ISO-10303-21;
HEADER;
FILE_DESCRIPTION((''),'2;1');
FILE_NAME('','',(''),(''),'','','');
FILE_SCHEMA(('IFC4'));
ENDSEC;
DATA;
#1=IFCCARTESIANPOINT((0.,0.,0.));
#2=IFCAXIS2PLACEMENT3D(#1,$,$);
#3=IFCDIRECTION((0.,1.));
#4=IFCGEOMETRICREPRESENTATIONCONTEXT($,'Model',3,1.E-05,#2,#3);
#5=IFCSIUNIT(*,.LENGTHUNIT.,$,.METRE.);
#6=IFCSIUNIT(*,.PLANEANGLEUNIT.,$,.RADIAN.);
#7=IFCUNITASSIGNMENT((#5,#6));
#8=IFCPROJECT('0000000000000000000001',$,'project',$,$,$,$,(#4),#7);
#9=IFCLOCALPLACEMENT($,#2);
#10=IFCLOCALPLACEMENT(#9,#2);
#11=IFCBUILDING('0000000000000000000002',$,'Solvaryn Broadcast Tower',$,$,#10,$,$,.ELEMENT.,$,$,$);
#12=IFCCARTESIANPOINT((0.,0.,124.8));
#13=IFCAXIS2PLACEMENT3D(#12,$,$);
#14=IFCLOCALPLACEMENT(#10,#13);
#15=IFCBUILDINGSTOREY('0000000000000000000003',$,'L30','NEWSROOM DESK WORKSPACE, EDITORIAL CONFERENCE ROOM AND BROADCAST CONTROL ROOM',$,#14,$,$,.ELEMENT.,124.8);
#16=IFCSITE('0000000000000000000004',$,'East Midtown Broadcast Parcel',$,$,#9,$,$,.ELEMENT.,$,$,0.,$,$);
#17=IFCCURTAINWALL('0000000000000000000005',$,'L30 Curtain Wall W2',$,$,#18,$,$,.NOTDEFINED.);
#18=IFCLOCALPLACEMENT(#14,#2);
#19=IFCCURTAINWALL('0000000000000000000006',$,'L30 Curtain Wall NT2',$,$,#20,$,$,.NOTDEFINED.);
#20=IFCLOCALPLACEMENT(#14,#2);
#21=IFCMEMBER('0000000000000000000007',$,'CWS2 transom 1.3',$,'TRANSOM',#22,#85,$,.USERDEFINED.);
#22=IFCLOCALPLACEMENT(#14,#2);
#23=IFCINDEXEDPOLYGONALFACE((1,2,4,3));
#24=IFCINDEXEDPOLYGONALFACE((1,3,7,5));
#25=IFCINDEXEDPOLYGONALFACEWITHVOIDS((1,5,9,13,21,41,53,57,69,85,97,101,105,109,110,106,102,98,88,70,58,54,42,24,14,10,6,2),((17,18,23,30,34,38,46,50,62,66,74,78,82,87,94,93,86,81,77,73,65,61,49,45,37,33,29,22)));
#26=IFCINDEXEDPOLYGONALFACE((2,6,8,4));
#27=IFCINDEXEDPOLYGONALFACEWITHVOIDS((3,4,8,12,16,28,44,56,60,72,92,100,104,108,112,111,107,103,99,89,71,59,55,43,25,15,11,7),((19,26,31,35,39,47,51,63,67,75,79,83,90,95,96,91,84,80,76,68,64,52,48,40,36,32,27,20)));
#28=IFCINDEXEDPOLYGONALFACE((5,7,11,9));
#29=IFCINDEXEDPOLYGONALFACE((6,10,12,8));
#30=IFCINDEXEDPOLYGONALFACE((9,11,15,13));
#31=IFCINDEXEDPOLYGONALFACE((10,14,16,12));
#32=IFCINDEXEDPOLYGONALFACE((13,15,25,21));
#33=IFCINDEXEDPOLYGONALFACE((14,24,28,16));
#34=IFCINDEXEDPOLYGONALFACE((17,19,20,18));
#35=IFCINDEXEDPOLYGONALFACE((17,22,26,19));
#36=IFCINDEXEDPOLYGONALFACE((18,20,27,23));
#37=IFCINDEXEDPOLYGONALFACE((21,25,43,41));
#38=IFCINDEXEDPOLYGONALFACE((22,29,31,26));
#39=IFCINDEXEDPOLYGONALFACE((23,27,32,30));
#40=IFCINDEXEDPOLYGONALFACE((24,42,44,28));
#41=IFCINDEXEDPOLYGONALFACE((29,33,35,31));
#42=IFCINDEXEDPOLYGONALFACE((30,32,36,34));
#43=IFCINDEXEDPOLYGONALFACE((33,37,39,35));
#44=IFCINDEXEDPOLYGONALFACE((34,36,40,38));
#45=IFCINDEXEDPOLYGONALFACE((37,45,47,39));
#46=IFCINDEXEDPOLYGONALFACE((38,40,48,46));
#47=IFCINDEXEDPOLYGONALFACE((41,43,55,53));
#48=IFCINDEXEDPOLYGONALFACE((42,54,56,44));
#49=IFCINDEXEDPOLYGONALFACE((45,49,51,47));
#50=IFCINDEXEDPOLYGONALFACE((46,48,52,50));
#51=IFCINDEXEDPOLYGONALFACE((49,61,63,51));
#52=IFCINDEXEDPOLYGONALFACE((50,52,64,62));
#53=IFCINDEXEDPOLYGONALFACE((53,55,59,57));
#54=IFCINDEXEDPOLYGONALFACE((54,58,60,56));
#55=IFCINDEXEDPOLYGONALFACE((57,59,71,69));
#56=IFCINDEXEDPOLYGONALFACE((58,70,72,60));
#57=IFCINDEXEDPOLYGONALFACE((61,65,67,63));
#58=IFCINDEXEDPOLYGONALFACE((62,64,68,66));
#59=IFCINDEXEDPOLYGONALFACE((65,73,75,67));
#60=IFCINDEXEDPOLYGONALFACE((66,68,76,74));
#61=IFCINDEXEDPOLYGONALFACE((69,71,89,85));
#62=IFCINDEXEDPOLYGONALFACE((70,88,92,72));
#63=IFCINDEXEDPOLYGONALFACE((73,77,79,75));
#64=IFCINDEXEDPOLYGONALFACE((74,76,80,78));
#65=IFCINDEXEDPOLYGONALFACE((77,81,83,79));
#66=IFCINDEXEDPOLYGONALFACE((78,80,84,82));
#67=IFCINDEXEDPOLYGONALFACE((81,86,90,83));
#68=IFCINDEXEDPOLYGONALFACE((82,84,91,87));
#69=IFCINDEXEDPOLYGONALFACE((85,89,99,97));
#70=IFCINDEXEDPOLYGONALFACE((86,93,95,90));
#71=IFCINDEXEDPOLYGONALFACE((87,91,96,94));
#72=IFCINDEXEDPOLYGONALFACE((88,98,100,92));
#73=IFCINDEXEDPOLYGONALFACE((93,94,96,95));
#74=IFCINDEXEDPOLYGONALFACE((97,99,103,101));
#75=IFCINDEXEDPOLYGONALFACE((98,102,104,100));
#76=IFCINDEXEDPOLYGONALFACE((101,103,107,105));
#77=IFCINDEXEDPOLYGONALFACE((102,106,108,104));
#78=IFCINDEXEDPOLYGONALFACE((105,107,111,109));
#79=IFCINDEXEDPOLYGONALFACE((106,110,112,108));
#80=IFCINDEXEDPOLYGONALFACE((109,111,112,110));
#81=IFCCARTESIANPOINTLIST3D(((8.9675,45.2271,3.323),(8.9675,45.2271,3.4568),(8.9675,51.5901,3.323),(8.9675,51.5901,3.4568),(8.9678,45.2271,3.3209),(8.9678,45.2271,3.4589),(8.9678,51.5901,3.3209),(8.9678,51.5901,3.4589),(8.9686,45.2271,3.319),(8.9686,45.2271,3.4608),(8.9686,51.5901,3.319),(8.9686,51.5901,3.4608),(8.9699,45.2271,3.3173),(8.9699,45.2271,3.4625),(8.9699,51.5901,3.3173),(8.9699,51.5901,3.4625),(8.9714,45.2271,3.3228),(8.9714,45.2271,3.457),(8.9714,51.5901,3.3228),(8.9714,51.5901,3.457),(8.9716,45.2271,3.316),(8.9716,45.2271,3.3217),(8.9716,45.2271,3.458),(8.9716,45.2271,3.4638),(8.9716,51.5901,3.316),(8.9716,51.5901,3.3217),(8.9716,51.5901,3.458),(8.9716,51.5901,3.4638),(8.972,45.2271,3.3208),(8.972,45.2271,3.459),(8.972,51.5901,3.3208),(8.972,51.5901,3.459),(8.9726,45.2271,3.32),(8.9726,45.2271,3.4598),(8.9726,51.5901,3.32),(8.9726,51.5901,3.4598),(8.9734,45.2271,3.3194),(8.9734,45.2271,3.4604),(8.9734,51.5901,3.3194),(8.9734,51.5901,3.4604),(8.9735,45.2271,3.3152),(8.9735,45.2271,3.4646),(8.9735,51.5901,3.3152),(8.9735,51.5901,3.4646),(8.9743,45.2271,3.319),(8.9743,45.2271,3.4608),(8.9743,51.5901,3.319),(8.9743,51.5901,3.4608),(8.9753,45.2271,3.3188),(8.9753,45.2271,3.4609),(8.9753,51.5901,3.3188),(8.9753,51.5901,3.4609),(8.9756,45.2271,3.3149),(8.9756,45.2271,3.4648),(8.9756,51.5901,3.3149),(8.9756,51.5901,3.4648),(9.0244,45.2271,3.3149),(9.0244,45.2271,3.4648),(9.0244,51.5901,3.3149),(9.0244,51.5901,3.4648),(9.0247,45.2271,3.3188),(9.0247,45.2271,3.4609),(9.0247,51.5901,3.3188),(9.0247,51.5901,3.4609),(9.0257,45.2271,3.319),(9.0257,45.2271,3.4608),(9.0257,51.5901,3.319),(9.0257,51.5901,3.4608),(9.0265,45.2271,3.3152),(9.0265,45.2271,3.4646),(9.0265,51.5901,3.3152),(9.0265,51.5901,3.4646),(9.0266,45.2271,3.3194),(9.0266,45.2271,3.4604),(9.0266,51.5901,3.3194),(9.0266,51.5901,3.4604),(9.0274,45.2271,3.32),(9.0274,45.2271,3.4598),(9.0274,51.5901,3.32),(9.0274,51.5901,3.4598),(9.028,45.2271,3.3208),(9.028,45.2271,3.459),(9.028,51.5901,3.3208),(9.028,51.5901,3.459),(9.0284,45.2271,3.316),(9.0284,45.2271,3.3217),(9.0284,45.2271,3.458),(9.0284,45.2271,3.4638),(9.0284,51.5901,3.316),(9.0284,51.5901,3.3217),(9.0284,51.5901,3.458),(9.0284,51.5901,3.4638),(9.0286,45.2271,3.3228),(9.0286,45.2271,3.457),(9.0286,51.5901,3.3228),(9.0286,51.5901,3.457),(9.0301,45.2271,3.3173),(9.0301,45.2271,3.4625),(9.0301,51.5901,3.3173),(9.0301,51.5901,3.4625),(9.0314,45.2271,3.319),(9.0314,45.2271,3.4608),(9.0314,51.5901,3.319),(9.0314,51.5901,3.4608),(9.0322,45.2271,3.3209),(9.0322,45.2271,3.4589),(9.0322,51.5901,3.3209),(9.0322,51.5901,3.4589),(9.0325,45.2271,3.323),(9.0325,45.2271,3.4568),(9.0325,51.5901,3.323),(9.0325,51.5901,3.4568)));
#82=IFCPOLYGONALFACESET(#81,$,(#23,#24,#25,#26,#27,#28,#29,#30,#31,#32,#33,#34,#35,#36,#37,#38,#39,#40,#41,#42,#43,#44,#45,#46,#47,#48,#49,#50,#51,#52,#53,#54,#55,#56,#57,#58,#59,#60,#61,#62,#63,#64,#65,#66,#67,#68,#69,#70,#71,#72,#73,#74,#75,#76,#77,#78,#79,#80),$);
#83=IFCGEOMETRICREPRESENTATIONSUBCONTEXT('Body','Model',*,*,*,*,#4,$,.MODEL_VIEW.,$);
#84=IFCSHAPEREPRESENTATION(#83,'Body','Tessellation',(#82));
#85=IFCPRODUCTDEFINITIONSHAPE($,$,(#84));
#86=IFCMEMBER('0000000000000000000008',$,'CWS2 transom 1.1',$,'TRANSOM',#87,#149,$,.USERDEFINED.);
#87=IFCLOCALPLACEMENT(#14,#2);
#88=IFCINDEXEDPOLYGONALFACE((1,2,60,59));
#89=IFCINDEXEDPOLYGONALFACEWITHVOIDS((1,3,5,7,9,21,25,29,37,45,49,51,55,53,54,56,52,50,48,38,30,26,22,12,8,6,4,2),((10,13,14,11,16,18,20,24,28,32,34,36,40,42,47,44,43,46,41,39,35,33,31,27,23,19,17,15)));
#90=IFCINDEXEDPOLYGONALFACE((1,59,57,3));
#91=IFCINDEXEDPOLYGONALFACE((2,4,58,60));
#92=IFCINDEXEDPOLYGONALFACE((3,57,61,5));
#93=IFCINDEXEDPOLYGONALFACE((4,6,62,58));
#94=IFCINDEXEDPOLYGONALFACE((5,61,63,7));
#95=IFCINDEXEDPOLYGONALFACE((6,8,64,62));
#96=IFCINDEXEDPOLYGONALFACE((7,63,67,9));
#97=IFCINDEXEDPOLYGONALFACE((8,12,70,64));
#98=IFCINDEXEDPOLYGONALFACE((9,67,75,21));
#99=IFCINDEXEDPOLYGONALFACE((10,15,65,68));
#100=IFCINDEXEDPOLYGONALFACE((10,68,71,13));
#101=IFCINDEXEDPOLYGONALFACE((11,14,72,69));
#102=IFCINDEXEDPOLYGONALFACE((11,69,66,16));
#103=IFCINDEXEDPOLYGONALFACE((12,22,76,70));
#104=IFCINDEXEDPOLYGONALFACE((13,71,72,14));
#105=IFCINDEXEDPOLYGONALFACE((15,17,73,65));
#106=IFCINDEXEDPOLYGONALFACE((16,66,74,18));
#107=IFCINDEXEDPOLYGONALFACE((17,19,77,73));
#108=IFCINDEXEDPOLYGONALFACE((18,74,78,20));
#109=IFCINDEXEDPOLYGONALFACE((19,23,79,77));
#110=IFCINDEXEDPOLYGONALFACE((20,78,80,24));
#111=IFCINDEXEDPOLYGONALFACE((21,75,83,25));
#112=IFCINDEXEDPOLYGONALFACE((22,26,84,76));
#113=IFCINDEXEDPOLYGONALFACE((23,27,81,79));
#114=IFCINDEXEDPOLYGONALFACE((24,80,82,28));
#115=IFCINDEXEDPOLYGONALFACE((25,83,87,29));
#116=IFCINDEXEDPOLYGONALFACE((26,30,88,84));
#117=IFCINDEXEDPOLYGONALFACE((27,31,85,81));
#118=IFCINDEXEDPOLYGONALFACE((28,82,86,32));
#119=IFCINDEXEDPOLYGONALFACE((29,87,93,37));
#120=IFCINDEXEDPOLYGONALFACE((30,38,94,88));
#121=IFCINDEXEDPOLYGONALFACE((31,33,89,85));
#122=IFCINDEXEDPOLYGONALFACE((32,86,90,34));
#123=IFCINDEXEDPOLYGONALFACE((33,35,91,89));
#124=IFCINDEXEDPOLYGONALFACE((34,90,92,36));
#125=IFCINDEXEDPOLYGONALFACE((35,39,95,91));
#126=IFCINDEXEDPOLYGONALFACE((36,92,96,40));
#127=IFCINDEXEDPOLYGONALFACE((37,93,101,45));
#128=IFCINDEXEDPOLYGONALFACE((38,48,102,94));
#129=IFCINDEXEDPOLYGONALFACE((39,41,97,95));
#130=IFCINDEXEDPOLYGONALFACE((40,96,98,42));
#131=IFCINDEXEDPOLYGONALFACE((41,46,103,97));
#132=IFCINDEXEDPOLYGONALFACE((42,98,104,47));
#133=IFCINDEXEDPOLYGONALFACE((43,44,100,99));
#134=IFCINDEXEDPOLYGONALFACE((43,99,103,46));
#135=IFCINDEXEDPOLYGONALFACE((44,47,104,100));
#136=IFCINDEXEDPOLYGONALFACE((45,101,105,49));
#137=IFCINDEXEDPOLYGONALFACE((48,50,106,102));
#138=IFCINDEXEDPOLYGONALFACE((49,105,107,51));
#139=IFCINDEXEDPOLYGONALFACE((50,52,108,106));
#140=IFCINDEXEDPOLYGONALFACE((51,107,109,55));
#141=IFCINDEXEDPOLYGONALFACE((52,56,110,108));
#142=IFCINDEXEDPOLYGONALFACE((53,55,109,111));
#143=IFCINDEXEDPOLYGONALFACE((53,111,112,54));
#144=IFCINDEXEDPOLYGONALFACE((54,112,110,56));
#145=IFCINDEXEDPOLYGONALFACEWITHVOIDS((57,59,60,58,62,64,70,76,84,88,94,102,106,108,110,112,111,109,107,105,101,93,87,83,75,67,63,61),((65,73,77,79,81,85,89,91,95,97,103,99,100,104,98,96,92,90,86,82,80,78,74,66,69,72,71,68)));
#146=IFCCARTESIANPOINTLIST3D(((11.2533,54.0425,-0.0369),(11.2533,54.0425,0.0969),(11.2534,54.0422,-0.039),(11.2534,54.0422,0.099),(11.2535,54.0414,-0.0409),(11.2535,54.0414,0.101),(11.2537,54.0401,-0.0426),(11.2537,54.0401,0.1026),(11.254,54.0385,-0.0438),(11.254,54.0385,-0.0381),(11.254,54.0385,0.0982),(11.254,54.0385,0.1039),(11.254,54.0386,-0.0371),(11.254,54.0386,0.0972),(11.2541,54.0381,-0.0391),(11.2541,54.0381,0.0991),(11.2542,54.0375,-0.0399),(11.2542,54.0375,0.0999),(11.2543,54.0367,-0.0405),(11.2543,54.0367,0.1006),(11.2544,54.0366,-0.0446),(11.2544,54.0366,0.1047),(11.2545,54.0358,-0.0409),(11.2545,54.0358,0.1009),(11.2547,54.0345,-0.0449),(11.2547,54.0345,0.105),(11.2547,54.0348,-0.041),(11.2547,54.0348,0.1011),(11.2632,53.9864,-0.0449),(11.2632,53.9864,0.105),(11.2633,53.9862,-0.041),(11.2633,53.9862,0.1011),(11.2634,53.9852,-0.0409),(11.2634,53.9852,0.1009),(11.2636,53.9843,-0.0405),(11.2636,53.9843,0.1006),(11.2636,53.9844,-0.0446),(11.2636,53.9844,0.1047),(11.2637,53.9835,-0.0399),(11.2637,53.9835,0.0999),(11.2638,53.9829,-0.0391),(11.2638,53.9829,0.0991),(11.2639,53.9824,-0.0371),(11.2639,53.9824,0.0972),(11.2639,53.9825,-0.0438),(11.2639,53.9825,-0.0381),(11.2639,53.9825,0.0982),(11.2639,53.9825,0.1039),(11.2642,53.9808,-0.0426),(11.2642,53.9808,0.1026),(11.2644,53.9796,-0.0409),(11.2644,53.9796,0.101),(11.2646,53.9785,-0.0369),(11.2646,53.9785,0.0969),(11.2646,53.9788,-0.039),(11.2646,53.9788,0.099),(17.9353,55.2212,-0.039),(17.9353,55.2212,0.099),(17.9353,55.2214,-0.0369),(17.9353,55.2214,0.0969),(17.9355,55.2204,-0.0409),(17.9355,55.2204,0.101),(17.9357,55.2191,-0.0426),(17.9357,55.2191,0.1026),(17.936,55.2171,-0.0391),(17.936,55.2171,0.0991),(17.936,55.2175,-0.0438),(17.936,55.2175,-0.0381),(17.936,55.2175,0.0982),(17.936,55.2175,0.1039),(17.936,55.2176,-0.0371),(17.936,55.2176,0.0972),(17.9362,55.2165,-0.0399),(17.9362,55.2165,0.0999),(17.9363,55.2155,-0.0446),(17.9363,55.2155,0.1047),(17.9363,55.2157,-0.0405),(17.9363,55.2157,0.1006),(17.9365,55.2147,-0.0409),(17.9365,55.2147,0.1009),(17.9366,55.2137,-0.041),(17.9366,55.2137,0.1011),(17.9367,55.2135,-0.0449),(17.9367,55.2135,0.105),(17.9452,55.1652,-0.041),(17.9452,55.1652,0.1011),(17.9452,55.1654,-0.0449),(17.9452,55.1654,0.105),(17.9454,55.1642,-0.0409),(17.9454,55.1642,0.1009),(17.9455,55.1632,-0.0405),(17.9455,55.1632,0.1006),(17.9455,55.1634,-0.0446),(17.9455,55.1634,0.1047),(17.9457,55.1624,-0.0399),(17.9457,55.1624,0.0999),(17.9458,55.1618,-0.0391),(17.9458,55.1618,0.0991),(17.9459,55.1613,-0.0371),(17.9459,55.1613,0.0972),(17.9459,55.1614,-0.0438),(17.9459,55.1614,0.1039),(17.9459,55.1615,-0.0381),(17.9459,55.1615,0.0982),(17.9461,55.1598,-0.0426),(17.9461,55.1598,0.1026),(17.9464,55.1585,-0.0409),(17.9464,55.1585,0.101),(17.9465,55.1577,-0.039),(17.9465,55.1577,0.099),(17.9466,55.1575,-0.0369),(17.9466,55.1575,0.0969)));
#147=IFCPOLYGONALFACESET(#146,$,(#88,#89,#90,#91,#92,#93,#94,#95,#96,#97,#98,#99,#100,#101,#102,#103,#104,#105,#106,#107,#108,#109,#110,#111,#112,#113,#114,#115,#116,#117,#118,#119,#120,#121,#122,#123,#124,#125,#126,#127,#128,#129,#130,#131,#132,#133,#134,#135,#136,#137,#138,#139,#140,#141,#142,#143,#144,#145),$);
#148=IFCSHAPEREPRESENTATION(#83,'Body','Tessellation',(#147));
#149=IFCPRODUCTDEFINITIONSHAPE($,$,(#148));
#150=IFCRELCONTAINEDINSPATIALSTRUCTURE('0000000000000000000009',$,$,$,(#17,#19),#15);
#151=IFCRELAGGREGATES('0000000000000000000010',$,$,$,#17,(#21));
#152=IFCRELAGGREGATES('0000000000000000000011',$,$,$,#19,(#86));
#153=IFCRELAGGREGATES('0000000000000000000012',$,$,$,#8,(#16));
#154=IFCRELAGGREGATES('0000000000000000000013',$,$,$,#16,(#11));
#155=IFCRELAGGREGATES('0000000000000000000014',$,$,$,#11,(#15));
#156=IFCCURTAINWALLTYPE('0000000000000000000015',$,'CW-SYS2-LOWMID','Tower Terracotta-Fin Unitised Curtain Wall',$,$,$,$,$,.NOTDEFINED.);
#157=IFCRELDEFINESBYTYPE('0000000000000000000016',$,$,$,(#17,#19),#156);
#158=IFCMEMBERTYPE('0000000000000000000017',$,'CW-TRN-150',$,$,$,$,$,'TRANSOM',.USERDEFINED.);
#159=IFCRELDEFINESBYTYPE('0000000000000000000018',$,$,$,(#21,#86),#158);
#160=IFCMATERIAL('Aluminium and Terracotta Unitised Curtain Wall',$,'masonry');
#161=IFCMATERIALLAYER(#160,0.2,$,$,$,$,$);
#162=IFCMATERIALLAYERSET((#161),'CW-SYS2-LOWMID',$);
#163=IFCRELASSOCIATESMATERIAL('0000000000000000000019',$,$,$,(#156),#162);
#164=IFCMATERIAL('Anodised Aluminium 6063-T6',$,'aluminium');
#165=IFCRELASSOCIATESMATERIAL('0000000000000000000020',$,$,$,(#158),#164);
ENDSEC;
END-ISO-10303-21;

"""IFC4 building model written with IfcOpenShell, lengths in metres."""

from ifc_helpers import new_model, si_unit, direction, frame, origin, origin_2d, place, context, subcontext, project, spatial, hollow_rectangle, extrude, material, layer, layer_set, material_profile, profile_set, type_object, element, aggregate, save


model = new_model("IFC4")

# Units and contexts
model_context = context("Model", 3, precision=1e-05, world=origin(), true_north=direction((0.0, 1.0)))
body_context = subcontext(model_context, "Body", "Model", "MODEL_VIEW")
ifc_project = project(units=[si_unit("LENGTHUNIT", "METRE"), si_unit("PLANEANGLEUNIT", "RADIAN")], contexts=[model_context])

# Site, building, storey
site_placement = place(None, origin())
site = spatial("IfcSite", under=ifc_project, at=site_placement, Name="East Midtown Broadcast Parcel", CompositionType="ELEMENT", RefElevation=0.0)
building_placement = place(site_placement, origin())
building = spatial("IfcBuilding", under=site, at=building_placement, Name="Solvaryn Broadcast Tower", CompositionType="ELEMENT")
storey_placement = place(building_placement, frame((0.0, 0.0, 124.8)))
storey = spatial("IfcBuildingStorey", under=building, at=storey_placement, Name="L30", Description="NEWSROOM DESK WORKSPACE, EDITORIAL CONFERENCE ROOM AND BROADCAST CONTROL ROOM", CompositionType="ELEMENT", Elevation=124.8)

# Curtain wall
ifc_material_1 = material(Name="Aluminium and Terracotta Unitised Curtain Wall", Category="masonry")
ifc_layer_1 = layer(ifc_material_1, 0.2)
ifc_layer_set_1 = layer_set([ifc_layer_1], Name="CW-SYS2-LOWMID")
curtain_wall_type = type_object("IfcCurtainWallType", Name="CW-SYS2-LOWMID", Description="Tower Terracotta-Fin Unitised Curtain Wall", PredefinedType="NOTDEFINED", material=ifc_layer_set_1)
curtain_wall_1_placement = place(storey_placement, origin())
curtain_wall_1 = element("IfcCurtainWall", 1, at=curtain_wall_1_placement, inside=storey, type_object=curtain_wall_type, Name="L30 Curtain Wall W2", PredefinedType="NOTDEFINED")

# Curtain wall
curtain_wall_2_placement = place(storey_placement, origin())
curtain_wall_2 = element("IfcCurtainWall", 2, at=curtain_wall_2_placement, inside=storey, type_object=curtain_wall_type, Name="L30 Curtain Wall NT2", PredefinedType="NOTDEFINED")

# Members
ifc_material_2 = material(Name="Anodised Aluminium 6063-T6", Category="aluminium")
ifc_material_profile_1 = material_profile(ifc_material_2, hollow_rectangle(XDim=0.0649, YDim=0.1499, WallThickness=0.0039, InnerFilletRadius=0.0039, OuterFilletRadius=0.0081, at=origin_2d()))
ifc_profile_set_1 = profile_set([ifc_material_profile_1], Name="Anodised Aluminium 6063-T6")
member_type_1 = type_object("IfcMemberType", Name="CW-TRN-150", ElementType="TRANSOM", PredefinedType="USERDEFINED", material=ifc_profile_set_1)
member_1_placement = place(storey_placement, frame((9.0, 45.2271, 3.3899), z_axis=(0.0, 1.0, 0.0), x_axis=(-1.0, 0.0, 0.0)))
member_1 = element("IfcMember", 3, at=member_1_placement, type_object=member_type_1, Name="CWS2 transom 1.3", ObjectType="TRANSOM", PredefinedType="USERDEFINED", context=body_context, shape_type="SweptSolid", body=[
    extrude(hollow_rectangle(XDim=0.0649, YDim=0.1499, WallThickness=0.0039, InnerFilletRadius=0.0039, OuterFilletRadius=0.0081, at=origin_2d()), origin(), (0.0, 0.0, 1.0), 6.363),
])
member_2_placement = place(storey_placement, frame((17.9409, 55.1895, 0.03), z_axis=(-0.984789, -0.173757, 0.0), x_axis=(0.173757, -0.984789, 0.0)))
member_2 = element("IfcMember", 4, at=member_2_placement, type_object=member_type_1, Name="CWS2 transom 1.1", ObjectType="TRANSOM", PredefinedType="USERDEFINED", context=body_context, shape_type="SweptSolid", body=[
    extrude(hollow_rectangle(XDim=0.0649, YDim=0.1499, WallThickness=0.0039, InnerFilletRadius=0.0039, OuterFilletRadius=0.0081, at=origin_2d()), origin(), (0.0, 0.0, 1.0), 6.7852),
])

aggregate(curtain_wall_1, [member_1])
aggregate(curtain_wall_2, [member_2])

save(model, "model.ifc")
